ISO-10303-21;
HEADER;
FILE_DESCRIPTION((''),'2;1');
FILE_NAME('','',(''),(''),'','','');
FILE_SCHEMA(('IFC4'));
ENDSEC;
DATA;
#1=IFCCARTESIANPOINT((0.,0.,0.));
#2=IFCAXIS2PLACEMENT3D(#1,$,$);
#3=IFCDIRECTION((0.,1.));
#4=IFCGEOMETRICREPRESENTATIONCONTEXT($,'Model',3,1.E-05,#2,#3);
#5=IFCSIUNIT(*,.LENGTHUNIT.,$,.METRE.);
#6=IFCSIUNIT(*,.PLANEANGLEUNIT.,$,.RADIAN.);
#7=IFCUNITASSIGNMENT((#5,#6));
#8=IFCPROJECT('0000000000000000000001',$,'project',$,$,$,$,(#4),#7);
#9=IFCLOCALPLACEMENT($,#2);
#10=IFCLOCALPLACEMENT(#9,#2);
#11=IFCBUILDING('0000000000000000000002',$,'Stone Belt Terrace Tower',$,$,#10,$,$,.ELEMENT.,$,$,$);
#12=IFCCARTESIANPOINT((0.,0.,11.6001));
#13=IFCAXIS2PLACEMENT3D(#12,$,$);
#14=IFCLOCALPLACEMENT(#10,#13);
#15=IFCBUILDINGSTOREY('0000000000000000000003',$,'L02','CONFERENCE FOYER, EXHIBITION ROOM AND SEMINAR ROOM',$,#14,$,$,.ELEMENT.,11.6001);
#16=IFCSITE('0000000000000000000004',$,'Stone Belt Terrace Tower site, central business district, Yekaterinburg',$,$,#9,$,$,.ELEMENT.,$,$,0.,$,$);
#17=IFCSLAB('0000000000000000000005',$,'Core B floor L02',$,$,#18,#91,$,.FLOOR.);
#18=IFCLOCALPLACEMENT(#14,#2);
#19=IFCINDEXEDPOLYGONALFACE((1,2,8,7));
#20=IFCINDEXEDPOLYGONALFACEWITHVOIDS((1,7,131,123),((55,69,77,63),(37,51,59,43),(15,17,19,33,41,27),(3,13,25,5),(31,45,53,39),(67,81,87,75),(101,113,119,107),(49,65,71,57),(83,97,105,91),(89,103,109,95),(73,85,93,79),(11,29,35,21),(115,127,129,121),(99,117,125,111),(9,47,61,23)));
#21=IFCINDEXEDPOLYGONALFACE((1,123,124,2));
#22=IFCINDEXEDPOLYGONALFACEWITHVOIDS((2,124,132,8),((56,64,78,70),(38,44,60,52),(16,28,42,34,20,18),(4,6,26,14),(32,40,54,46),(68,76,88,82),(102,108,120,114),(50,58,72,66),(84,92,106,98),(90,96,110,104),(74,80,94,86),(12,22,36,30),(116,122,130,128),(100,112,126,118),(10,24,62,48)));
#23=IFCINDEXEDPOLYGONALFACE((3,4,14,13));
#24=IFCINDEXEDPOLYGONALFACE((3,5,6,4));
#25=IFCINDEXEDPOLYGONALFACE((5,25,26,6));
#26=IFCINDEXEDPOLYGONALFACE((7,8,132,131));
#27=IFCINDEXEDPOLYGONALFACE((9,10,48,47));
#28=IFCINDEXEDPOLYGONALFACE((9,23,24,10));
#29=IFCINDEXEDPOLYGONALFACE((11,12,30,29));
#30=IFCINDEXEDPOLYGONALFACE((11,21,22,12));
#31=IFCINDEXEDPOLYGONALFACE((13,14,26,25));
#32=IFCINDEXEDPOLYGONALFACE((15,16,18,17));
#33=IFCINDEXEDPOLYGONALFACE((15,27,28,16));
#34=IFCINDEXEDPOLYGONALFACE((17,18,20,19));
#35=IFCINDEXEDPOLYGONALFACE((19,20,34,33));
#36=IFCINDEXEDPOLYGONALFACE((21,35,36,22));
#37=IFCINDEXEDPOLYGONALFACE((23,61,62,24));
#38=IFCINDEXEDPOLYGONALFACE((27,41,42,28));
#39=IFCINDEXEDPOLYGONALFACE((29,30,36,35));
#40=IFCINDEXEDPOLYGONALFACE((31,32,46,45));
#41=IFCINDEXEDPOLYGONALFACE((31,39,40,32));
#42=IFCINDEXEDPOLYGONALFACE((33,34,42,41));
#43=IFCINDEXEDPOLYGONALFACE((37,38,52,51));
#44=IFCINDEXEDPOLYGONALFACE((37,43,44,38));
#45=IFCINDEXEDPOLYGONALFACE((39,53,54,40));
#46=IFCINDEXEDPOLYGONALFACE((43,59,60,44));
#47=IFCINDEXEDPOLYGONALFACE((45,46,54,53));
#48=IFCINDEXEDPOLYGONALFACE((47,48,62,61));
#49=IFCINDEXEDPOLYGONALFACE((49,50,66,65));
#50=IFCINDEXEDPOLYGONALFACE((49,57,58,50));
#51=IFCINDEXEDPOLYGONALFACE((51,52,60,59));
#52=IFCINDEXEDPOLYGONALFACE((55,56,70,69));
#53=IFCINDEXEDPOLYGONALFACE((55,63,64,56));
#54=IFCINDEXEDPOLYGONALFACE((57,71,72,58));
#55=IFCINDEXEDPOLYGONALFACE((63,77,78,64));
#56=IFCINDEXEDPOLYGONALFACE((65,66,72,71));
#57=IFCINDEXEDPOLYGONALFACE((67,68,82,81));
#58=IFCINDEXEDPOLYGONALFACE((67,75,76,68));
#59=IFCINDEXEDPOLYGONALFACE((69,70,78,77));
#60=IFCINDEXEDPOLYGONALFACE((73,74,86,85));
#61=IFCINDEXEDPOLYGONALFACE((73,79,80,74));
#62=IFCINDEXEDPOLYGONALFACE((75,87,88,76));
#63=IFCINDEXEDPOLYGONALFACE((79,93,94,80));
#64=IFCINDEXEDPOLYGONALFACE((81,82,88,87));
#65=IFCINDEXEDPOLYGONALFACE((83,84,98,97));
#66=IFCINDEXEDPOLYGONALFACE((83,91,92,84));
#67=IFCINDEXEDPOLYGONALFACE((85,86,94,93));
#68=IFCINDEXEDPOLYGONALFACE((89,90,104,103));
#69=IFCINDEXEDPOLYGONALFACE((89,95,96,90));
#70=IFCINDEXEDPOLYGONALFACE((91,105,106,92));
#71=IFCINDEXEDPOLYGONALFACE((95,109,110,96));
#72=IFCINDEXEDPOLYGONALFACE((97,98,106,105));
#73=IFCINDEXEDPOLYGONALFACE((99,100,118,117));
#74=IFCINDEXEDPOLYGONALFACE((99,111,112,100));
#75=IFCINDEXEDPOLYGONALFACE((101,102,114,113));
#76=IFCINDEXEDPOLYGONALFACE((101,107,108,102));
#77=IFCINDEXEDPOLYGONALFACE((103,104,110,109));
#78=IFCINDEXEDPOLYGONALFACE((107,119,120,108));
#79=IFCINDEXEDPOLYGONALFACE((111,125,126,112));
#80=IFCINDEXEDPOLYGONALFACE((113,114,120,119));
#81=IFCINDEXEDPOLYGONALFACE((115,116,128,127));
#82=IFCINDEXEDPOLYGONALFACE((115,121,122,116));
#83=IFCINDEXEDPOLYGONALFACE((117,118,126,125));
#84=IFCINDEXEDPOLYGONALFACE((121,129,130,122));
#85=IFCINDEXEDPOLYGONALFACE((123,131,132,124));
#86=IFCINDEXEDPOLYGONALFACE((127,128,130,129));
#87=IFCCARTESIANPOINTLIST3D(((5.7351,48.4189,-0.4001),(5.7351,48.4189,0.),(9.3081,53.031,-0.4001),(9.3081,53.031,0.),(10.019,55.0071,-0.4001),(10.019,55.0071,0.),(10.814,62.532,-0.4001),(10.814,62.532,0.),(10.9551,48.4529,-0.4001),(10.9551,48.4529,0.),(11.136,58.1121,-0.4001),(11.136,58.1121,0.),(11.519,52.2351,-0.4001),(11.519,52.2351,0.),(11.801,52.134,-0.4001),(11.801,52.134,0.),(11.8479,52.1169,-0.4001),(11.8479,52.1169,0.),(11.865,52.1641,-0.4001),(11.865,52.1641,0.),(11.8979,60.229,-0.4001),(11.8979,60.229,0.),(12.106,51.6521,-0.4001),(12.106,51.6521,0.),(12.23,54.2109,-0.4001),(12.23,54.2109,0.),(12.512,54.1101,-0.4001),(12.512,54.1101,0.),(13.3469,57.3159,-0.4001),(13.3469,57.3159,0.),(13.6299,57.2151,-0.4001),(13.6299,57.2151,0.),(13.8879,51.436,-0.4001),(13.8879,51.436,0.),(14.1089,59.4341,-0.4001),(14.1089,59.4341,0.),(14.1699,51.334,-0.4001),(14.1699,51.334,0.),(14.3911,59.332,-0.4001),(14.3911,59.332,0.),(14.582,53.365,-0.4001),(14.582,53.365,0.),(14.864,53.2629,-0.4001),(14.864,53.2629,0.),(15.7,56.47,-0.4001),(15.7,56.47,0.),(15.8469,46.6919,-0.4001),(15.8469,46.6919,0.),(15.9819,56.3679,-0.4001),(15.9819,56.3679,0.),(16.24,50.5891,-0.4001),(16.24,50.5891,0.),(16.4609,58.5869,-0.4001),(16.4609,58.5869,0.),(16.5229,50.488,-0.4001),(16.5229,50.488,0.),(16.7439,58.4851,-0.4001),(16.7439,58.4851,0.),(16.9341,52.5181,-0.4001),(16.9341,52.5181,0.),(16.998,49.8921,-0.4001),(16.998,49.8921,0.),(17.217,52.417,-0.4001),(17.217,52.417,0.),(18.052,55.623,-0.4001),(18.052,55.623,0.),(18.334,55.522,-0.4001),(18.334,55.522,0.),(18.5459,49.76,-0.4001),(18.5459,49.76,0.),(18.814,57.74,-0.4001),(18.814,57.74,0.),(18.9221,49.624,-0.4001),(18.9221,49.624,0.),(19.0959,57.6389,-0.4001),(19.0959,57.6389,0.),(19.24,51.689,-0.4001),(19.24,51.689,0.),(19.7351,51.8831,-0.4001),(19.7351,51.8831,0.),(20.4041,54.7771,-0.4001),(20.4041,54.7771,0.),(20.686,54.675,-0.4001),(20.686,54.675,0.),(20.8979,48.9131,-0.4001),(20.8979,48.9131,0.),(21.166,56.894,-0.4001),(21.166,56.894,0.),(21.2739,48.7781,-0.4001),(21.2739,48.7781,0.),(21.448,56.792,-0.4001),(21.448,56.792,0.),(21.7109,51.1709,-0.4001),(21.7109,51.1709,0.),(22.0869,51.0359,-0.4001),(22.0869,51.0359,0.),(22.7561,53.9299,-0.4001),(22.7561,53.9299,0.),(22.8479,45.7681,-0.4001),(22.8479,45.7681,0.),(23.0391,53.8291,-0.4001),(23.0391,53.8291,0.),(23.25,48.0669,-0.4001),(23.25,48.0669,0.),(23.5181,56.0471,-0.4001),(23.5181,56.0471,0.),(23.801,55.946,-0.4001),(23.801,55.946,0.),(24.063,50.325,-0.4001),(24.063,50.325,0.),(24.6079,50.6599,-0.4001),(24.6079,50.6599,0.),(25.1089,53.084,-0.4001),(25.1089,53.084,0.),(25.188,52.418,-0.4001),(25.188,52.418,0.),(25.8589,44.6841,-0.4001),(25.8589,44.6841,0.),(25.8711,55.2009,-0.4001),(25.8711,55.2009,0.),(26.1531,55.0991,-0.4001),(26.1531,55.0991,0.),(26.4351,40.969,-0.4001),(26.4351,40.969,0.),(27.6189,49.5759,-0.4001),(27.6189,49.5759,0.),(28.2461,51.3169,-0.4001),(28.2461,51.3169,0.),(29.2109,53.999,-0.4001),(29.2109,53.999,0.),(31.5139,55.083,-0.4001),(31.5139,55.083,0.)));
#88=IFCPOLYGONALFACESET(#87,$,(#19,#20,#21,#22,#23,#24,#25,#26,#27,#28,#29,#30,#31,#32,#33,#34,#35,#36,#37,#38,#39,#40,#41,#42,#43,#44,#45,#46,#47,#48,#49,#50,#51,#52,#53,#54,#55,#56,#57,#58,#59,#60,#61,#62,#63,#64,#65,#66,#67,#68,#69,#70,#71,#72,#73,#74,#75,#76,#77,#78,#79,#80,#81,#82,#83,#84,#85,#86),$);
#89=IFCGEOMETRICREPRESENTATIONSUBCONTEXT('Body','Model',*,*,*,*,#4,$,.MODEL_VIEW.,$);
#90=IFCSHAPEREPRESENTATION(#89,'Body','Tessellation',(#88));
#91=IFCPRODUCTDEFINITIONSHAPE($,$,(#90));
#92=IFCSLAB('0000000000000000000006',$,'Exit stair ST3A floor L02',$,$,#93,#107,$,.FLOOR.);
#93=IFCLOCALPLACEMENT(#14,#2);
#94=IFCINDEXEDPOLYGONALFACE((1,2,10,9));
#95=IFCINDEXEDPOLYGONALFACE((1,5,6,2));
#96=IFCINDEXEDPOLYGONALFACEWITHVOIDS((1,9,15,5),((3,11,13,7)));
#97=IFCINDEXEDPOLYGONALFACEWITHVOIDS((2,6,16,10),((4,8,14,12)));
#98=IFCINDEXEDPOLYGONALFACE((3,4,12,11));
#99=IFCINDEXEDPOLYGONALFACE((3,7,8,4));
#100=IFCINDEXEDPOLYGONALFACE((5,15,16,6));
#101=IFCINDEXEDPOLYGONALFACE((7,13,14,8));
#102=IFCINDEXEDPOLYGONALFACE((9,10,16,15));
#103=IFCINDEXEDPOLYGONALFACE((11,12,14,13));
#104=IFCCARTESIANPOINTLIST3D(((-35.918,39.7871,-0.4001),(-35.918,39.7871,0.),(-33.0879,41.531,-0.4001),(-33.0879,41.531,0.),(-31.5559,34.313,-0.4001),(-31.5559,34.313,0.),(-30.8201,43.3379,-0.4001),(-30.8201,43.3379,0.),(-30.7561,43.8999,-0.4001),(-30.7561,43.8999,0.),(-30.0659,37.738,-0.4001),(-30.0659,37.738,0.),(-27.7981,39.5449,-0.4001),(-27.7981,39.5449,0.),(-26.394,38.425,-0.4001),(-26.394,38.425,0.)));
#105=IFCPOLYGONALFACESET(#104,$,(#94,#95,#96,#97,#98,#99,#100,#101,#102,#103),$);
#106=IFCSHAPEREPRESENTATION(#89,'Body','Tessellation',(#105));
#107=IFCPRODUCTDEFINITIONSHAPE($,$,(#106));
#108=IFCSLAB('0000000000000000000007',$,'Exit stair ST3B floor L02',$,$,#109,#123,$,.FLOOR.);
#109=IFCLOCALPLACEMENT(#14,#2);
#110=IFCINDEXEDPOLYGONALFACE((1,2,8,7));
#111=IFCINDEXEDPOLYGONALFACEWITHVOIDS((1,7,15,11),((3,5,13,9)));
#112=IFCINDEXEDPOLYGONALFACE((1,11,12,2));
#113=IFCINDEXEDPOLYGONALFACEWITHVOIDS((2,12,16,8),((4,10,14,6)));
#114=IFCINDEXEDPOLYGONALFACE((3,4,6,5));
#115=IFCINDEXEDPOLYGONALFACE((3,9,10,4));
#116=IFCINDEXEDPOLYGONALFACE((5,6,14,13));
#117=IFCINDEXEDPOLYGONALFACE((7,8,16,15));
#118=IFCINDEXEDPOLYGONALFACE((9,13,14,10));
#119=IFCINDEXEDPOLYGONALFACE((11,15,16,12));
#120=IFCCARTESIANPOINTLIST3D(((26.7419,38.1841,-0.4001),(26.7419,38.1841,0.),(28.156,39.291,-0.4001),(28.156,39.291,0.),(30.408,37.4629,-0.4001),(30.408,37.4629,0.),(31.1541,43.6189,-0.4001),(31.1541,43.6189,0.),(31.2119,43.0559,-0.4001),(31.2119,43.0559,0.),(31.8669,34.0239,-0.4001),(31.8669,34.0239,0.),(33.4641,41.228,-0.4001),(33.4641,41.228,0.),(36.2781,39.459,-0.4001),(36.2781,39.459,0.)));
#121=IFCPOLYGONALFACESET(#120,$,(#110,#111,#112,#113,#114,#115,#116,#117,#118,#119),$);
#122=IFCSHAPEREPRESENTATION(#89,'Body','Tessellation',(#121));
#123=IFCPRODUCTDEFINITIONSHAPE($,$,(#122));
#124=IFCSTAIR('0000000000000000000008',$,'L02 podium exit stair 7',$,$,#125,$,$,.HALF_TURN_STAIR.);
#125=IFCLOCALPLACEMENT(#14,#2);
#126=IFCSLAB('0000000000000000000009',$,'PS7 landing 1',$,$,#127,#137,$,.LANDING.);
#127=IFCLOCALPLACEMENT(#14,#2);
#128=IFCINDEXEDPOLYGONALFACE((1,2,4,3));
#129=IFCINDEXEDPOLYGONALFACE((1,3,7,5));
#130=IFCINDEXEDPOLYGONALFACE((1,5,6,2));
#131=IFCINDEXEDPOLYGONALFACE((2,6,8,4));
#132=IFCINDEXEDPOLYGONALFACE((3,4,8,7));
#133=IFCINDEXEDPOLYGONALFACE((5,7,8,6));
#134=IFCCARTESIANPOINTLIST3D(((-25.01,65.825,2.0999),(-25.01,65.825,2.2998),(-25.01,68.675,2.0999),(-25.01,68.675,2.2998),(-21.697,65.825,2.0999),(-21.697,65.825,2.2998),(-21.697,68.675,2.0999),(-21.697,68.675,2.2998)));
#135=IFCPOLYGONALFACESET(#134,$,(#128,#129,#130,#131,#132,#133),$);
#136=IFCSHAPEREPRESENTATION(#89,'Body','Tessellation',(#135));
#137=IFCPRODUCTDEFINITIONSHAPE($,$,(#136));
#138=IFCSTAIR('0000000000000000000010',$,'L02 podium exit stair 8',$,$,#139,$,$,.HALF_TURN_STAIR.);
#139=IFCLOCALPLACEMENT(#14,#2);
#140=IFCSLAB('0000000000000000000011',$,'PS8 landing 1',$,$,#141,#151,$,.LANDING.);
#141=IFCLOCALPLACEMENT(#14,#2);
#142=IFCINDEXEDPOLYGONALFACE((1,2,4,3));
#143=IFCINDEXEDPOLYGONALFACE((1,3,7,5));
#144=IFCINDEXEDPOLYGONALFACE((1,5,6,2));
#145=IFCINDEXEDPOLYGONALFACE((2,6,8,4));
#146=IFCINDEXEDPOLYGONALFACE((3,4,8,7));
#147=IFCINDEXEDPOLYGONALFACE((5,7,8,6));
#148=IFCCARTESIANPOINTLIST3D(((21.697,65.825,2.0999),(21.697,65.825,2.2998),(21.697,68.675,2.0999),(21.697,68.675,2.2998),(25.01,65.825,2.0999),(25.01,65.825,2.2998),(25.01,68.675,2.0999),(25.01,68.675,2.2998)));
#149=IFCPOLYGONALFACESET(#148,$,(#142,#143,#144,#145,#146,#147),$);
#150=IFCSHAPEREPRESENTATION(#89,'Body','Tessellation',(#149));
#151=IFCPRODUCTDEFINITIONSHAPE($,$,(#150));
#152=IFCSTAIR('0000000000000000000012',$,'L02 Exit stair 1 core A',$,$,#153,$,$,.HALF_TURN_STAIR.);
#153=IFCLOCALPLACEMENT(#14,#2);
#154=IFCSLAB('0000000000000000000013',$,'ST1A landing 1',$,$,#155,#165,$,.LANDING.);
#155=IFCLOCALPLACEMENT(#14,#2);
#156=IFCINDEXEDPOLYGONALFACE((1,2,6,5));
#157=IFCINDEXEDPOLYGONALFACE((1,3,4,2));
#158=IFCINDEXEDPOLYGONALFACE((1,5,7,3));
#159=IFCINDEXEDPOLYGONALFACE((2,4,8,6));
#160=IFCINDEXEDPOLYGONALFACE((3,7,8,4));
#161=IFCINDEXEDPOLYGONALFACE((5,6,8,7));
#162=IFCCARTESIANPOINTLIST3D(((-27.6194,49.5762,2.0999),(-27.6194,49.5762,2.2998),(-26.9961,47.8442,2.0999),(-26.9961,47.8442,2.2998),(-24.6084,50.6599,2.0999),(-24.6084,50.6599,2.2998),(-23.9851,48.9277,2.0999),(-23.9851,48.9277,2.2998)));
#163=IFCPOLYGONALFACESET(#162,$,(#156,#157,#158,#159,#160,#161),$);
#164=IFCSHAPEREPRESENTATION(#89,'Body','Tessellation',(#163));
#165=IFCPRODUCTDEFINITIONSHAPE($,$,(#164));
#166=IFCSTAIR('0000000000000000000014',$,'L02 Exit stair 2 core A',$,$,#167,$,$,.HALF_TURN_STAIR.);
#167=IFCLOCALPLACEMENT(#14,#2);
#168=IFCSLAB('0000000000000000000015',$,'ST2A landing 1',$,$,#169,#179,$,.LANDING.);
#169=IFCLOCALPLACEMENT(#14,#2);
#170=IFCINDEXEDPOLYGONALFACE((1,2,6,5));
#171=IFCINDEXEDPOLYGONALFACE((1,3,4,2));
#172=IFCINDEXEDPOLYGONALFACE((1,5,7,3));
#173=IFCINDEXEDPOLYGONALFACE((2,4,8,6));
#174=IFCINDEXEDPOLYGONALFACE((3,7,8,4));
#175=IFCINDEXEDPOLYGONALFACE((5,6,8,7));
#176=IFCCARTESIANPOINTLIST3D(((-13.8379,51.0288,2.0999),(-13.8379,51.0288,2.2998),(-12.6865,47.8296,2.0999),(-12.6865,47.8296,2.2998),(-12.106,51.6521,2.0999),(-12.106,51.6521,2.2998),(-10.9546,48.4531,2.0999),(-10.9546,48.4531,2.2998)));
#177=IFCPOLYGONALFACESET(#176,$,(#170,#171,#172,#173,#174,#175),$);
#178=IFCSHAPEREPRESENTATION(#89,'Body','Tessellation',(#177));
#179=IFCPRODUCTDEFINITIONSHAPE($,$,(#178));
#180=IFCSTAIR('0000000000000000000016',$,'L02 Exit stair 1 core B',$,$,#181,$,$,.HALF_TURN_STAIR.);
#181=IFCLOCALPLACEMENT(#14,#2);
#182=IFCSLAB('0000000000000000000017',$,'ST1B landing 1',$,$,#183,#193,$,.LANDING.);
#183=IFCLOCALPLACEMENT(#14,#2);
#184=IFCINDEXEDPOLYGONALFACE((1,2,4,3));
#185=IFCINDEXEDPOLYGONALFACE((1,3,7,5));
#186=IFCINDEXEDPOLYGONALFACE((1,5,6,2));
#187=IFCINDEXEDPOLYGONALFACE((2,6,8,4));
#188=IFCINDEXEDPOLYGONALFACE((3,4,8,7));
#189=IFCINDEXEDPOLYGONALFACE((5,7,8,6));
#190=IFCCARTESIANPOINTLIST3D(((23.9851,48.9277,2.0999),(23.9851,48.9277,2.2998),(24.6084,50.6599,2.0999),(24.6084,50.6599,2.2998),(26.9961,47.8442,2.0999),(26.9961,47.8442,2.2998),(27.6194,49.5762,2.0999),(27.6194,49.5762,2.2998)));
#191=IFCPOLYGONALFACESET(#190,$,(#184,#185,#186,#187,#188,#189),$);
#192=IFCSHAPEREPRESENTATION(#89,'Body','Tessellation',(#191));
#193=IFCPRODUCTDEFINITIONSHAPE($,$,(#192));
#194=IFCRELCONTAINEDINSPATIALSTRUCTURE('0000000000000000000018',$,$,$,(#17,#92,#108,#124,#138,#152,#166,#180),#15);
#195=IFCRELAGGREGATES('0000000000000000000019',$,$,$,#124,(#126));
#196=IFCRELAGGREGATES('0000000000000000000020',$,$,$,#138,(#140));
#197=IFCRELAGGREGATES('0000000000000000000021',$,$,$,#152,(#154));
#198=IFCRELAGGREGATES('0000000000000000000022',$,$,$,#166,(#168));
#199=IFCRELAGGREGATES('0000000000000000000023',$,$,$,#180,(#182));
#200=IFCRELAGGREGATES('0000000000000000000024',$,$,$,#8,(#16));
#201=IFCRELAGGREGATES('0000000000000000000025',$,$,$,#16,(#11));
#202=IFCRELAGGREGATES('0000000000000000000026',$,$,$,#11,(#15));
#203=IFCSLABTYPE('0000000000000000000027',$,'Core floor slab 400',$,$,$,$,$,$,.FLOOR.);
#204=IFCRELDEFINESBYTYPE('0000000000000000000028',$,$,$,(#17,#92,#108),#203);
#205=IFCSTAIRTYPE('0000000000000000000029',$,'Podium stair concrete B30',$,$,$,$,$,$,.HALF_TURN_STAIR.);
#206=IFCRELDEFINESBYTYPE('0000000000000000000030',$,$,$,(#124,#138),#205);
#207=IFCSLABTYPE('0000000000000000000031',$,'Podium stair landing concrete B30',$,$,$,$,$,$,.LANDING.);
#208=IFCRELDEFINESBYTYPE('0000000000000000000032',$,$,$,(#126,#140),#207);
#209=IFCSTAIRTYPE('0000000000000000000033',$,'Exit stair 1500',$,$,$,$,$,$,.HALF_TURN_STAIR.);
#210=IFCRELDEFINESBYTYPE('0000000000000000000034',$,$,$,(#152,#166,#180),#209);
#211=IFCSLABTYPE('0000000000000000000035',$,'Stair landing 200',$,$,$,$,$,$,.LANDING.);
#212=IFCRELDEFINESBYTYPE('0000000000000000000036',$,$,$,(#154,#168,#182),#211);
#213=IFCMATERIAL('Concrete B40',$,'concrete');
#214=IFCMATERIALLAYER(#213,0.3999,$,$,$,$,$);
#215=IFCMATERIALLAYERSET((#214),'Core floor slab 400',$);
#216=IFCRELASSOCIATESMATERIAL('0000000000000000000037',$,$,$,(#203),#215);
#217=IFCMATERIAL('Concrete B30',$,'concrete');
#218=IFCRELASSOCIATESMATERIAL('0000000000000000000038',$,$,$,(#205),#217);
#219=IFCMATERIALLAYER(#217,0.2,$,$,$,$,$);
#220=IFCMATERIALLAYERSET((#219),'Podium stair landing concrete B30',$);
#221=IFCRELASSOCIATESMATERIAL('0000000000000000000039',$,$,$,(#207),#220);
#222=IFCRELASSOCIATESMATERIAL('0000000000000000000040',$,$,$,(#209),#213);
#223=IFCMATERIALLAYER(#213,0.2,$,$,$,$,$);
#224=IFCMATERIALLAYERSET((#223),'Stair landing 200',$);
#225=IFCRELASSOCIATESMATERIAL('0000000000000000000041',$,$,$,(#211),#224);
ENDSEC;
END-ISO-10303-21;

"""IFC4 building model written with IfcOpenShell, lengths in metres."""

from ifc_helpers import new_model, si_unit, direction, frame, origin, place, context, subcontext, project, spatial, polyline, outline, extrude, material, layer, layer_set, type_object, element, aggregate, save


model = new_model("IFC4")

# Units and contexts
model_context = context("Model", 3, precision=1e-05, world=origin(), true_north=direction((0.0, 1.0)))
body_context = subcontext(model_context, "Body", "Model", "MODEL_VIEW")
ifc_project = project(units=[si_unit("LENGTHUNIT", "METRE"), si_unit("PLANEANGLEUNIT", "RADIAN")], contexts=[model_context])

# Site, building, storey
site_placement = place(None, origin())
site = spatial("IfcSite", under=ifc_project, at=site_placement, Name="Stone Belt Terrace Tower site, central business district, Yekaterinburg", CompositionType="ELEMENT", RefElevation=0.0)
building_placement = place(site_placement, origin())
building = spatial("IfcBuilding", under=site, at=building_placement, Name="Stone Belt Terrace Tower", CompositionType="ELEMENT")
storey_placement = place(building_placement, frame((0.0, 0.0, 11.6001)))
storey = spatial("IfcBuildingStorey", under=building, at=storey_placement, Name="L02", Description="CONFERENCE FOYER, EXHIBITION ROOM AND SEMINAR ROOM", CompositionType="ELEMENT", Elevation=11.6001)

# Slabs
ifc_material_1 = material(Name="Concrete B40", Category="concrete")
ifc_layer_1 = layer(ifc_material_1, 0.3999)
ifc_layer_set_1 = layer_set([ifc_layer_1], Name="Core floor slab 400")
slab_type_1 = type_object("IfcSlabType", Name="Core floor slab 400", PredefinedType="FLOOR", material=ifc_layer_set_1)
slab_1_placement = place(storey_placement, frame((0.0, 0.0, -0.4001)))
element("IfcSlab", 1, at=slab_1_placement, inside=storey, type_object=slab_type_1, Name="Core B floor L02", PredefinedType="FLOOR", context=body_context, shape_type="SweptSolid", body=[
    extrude(outline(polyline([(26.4351, 40.969), (31.5139, 55.083), (10.814, 62.532), (5.7351, 48.4189), (26.4351, 40.969)]), holes=[polyline([(12.106, 51.6521), (16.998, 49.8921), (15.8469, 46.6919), (10.9551, 48.4529), (12.106, 51.6521)]), polyline([(19.24, 51.689), (18.5459, 49.76), (16.5229, 50.488), (17.217, 52.417), (19.24, 51.689)]), polyline([(16.24, 50.5891), (14.1699, 51.334), (14.864, 53.2629), (16.9341, 52.5181), (16.24, 50.5891)]), polyline([(14.582, 53.365), (13.8879, 51.436), (11.865, 52.1641), (11.8479, 52.1169), (11.801, 52.134), (12.512, 54.1101), (14.582, 53.365)]), polyline([(9.3081, 53.031), (10.019, 55.0071), (12.23, 54.2109), (11.519, 52.2351), (9.3081, 53.031)]), polyline([(16.7439, 58.4851), (18.814, 57.74), (18.052, 55.623), (15.9819, 56.3679), (16.7439, 58.4851)]), polyline([(14.3911, 59.332), (16.4609, 58.5869), (15.7, 56.47), (13.6299, 57.2151), (14.3911, 59.332)]), polyline([(11.8979, 60.229), (14.1089, 59.4341), (13.3469, 57.3159), (11.136, 58.1121), (11.8979, 60.229)]), polyline([(25.8589, 44.6841), (22.8479, 45.7681), (24.6079, 50.6599), (27.6189, 49.5759), (25.8589, 44.6841)]), polyline([(21.2739, 48.7781), (22.0869, 51.0359), (24.063, 50.325), (23.25, 48.0669), (21.2739, 48.7781)]), polyline([(18.9221, 49.624), (19.7351, 51.8831), (21.7109, 51.1709), (20.8979, 48.9131), (18.9221, 49.624)]), polyline([(29.2109, 53.999), (28.2461, 51.3169), (25.188, 52.418), (26.1531, 55.0991), (29.2109, 53.999)]), polyline([(23.801, 55.946), (25.8711, 55.2009), (25.1089, 53.084), (23.0391, 53.8291), (23.801, 55.946)]), polyline([(21.448, 56.792), (23.5181, 56.0471), (22.7561, 53.9299), (20.686, 54.675), (21.448, 56.792)]), polyline([(19.0959, 57.6389), (21.166, 56.894), (20.4041, 54.7771), (18.334, 55.522), (19.0959, 57.6389)])]), origin(), (0.0, 0.0, 1.0), 0.4001),
])
slab_2_placement = place(storey_placement, frame((0.0, 0.0, -0.4001)))
element("IfcSlab", 2, at=slab_2_placement, inside=storey, type_object=slab_type_1, Name="Exit stair ST3A floor L02", PredefinedType="FLOOR", context=body_context, shape_type="SweptSolid", body=[
    extrude(outline(polyline([(-26.394, 38.425), (-30.7561, 43.8999), (-35.918, 39.7871), (-31.5559, 34.313), (-26.394, 38.425)]), holes=[polyline([(-27.7981, 39.5449), (-30.0659, 37.738), (-33.0879, 41.531), (-30.8201, 43.3379), (-27.7981, 39.5449)])]), origin(), (0.0, 0.0, 1.0), 0.4001),
])
slab_3_placement = place(storey_placement, frame((0.0, 0.0, -0.4001)))
element("IfcSlab", 3, at=slab_3_placement, inside=storey, type_object=slab_type_1, Name="Exit stair ST3B floor L02", PredefinedType="FLOOR", context=body_context, shape_type="SweptSolid", body=[
    extrude(outline(polyline([(26.7419, 38.1841), (31.8669, 34.0239), (36.2781, 39.459), (31.1541, 43.6189), (26.7419, 38.1841)]), holes=[polyline([(30.408, 37.4629), (28.156, 39.291), (31.2119, 43.0559), (33.4641, 41.228), (30.408, 37.4629)])]), origin(), (0.0, 0.0, 1.0), 0.4001),
])

# Stairs, slabs
ifc_material_2 = material(Name="Concrete B30", Category="concrete")
stair_type_1 = type_object("IfcStairType", Name="Podium stair concrete B30", PredefinedType="HALF_TURN_STAIR", material=ifc_material_2)
stair_1_placement = place(storey_placement, origin())
stair_1 = element("IfcStair", 4, at=stair_1_placement, inside=storey, type_object=stair_type_1, Name="L02 podium exit stair 7", PredefinedType="HALF_TURN_STAIR")
ifc_layer_2 = layer(ifc_material_2, 0.2)
ifc_layer_set_2 = layer_set([ifc_layer_2], Name="Podium stair landing concrete B30")
slab_type_2 = type_object("IfcSlabType", Name="Podium stair landing concrete B30", PredefinedType="LANDING", material=ifc_layer_set_2)
slab_4_placement = place(storey_placement, frame((0.0, 0.0, 2.0999)))
slab_4 = element("IfcSlab", 5, at=slab_4_placement, type_object=slab_type_2, Name="PS7 landing 1", PredefinedType="LANDING", context=body_context, shape_type="SweptSolid", body=[
    extrude(outline(polyline([(-21.697, 68.675), (-25.01, 68.675), (-25.01, 65.825), (-21.697, 65.825), (-21.697, 68.675)])), origin(), (0.0, 0.0, 1.0), 0.2),
])
aggregate(stair_1, [slab_4])
stair_2_placement = place(storey_placement, origin())
stair_2 = element("IfcStair", 6, at=stair_2_placement, inside=storey, type_object=stair_type_1, Name="L02 podium exit stair 8", PredefinedType="HALF_TURN_STAIR")
slab_5_placement = place(storey_placement, frame((0.0, 0.0, 2.0999)))
slab_5 = element("IfcSlab", 7, at=slab_5_placement, type_object=slab_type_2, Name="PS8 landing 1", PredefinedType="LANDING", context=body_context, shape_type="SweptSolid", body=[
    extrude(outline(polyline([(21.697, 65.825), (25.01, 65.825), (25.01, 68.675), (21.697, 68.675), (21.697, 65.825)])), origin(), (0.0, 0.0, 1.0), 0.2),
])
aggregate(stair_2, [slab_5])
stair_type_2 = type_object("IfcStairType", Name="Exit stair 1500", PredefinedType="HALF_TURN_STAIR", material=ifc_material_1)
stair_3_placement = place(storey_placement, origin())
stair_3 = element("IfcStair", 8, at=stair_3_placement, inside=storey, type_object=stair_type_2, Name="L02 Exit stair 1 core A", PredefinedType="HALF_TURN_STAIR")
ifc_layer_3 = layer(ifc_material_1, 0.2)
ifc_layer_set_3 = layer_set([ifc_layer_3], Name="Stair landing 200")
slab_type_3 = type_object("IfcSlabType", Name="Stair landing 200", PredefinedType="LANDING", material=ifc_layer_set_3)
slab_6_placement = place(storey_placement, frame((0.0, 0.0, 2.0999)))
slab_6 = element("IfcSlab", 9, at=slab_6_placement, type_object=slab_type_3, Name="ST1A landing 1", PredefinedType="LANDING", context=body_context, shape_type="SweptSolid", body=[
    extrude(outline(polyline([(-23.9851, 48.9277), (-24.6084, 50.6599), (-27.6194, 49.5762), (-26.9961, 47.8442), (-23.9851, 48.9277)])), origin(), (0.0, 0.0, 1.0), 0.2),
])
aggregate(stair_3, [slab_6])
stair_4_placement = place(storey_placement, origin())
stair_4 = element("IfcStair", 10, at=stair_4_placement, inside=storey, type_object=stair_type_2, Name="L02 Exit stair 2 core A", PredefinedType="HALF_TURN_STAIR")
slab_7_placement = place(storey_placement, frame((0.0, 0.0, 2.0999)))
slab_7 = element("IfcSlab", 11, at=slab_7_placement, type_object=slab_type_3, Name="ST2A landing 1", PredefinedType="LANDING", context=body_context, shape_type="SweptSolid", body=[
    extrude(outline(polyline([(-12.6865, 47.8296), (-10.9546, 48.4531), (-12.106, 51.6521), (-13.8379, 51.0288), (-12.6865, 47.8296)])), origin(), (0.0, 0.0, 1.0), 0.2),
])
aggregate(stair_4, [slab_7])
stair_5_placement = place(storey_placement, origin())
stair_5 = element("IfcStair", 12, at=stair_5_placement, inside=storey, type_object=stair_type_2, Name="L02 Exit stair 1 core B", PredefinedType="HALF_TURN_STAIR")
slab_8_placement = place(storey_placement, frame((0.0, 0.0, 2.0999)))
slab_8 = element("IfcSlab", 13, at=slab_8_placement, type_object=slab_type_3, Name="ST1B landing 1", PredefinedType="LANDING", context=body_context, shape_type="SweptSolid", body=[
    extrude(outline(polyline([(26.9961, 47.8442), (27.6194, 49.5762), (24.6084, 50.6599), (23.9851, 48.9277), (26.9961, 47.8442)])), origin(), (0.0, 0.0, 1.0), 0.2),
])
aggregate(stair_5, [slab_8])

save(model, "model.ifc")
